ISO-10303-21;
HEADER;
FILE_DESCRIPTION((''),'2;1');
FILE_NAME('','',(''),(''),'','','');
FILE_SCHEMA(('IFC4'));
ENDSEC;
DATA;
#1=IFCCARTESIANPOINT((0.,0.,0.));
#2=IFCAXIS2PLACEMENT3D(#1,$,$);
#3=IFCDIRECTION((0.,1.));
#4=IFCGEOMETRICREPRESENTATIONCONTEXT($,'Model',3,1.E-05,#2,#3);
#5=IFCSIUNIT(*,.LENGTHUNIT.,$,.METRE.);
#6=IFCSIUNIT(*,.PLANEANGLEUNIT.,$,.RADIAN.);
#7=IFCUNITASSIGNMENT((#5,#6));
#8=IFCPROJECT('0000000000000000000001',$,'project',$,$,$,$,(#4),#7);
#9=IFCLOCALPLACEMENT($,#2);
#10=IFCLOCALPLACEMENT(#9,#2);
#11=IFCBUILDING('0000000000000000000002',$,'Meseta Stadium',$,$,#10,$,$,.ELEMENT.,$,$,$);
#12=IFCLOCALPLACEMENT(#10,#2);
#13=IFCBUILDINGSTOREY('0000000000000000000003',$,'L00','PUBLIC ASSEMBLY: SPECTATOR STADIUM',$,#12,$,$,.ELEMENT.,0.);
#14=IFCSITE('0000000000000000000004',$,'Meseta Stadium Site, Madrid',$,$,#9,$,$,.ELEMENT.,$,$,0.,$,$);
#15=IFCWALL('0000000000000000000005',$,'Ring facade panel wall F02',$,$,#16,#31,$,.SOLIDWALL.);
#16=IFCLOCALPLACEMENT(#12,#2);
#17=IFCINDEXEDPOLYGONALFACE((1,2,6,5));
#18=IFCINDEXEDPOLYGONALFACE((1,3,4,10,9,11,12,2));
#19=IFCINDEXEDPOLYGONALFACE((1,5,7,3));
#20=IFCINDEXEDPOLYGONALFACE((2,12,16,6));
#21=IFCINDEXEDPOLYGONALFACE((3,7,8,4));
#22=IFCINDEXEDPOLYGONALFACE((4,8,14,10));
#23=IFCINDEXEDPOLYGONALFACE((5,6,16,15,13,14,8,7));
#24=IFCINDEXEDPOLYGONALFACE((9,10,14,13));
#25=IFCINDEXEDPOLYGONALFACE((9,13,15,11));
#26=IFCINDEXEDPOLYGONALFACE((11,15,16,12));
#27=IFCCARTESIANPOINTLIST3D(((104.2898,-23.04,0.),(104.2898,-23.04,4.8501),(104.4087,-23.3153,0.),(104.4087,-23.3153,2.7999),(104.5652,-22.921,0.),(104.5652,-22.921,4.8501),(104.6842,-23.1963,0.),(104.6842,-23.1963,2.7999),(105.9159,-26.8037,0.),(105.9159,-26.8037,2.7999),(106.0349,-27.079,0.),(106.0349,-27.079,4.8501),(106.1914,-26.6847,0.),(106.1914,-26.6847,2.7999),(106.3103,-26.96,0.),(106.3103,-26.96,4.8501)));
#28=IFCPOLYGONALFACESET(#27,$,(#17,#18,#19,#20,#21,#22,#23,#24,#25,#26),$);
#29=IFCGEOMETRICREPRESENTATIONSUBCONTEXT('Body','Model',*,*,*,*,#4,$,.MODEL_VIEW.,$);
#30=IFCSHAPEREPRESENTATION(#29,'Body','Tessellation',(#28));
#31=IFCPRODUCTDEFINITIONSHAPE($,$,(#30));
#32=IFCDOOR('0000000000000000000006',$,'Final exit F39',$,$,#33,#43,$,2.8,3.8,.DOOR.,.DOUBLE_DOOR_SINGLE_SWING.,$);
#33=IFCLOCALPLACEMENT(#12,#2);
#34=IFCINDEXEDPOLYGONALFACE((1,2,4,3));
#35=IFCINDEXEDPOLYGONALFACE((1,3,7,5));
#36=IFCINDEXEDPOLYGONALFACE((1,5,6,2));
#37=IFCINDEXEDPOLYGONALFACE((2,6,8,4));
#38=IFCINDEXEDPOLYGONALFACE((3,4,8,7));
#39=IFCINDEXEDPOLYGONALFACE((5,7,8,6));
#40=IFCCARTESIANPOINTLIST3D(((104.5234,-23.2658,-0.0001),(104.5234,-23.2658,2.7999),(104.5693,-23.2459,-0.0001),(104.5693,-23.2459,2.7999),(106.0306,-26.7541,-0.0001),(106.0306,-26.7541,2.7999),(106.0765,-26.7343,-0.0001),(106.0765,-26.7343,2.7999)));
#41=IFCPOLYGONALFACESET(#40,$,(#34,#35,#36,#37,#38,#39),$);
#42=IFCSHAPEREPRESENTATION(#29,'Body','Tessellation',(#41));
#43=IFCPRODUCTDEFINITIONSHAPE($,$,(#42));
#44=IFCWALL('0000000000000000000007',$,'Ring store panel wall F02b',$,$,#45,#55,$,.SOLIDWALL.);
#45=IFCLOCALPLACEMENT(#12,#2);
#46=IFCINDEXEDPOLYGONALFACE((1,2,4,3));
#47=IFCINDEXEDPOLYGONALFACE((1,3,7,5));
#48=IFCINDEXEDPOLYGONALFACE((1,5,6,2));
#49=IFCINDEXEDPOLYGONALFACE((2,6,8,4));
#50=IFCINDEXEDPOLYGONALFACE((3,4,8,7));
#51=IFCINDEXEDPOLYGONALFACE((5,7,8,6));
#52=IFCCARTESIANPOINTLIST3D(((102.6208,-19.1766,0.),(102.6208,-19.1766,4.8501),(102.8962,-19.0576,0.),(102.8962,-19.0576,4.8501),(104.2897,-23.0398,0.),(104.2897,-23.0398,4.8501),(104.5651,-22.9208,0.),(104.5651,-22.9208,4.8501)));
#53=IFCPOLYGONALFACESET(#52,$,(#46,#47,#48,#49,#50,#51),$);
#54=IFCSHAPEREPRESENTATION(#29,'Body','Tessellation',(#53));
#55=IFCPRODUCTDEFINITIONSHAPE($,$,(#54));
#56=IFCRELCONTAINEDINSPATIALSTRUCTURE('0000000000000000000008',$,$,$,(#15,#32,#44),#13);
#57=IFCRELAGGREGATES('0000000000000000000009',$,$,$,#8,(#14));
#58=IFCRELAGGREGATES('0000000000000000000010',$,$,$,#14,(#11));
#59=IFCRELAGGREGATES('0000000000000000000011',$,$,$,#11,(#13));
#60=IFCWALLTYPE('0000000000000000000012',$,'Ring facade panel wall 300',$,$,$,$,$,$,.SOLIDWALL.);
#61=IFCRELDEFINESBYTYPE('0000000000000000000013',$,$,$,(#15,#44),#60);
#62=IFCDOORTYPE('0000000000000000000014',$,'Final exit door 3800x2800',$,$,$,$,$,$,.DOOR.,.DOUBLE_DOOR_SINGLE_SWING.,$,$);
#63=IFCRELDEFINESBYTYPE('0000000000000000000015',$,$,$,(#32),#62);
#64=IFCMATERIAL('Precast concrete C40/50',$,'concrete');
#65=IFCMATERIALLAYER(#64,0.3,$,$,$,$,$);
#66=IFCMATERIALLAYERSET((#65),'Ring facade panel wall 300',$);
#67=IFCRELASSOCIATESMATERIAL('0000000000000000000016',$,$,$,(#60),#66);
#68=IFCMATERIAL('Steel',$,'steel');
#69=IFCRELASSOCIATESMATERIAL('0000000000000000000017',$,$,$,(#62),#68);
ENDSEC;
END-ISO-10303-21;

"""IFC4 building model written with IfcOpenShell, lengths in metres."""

from ifc_helpers import new_model, si_unit, direction, frame, frame_2d, origin, place, context, subcontext, project, spatial, rectangle, extrude, material, layer, layer_set, type_object, element, fill, save


model = new_model("IFC4")

# Units and contexts
model_context = context("Model", 3, precision=1e-05, world=origin(), true_north=direction((0.0, 1.0)))
body_context = subcontext(model_context, "Body", "Model", "MODEL_VIEW")
ifc_project = project(units=[si_unit("LENGTHUNIT", "METRE"), si_unit("PLANEANGLEUNIT", "RADIAN")], contexts=[model_context])

# Site, building, storey
site_placement = place(None, origin())
site = spatial("IfcSite", under=ifc_project, at=site_placement, Name="Meseta Stadium Site, Madrid", CompositionType="ELEMENT", RefElevation=0.0)
building_placement = place(site_placement, origin())
building = spatial("IfcBuilding", under=site, at=building_placement, Name="Meseta Stadium", CompositionType="ELEMENT")
storey_placement = place(building_placement, origin())
storey = spatial("IfcBuildingStorey", under=building, at=storey_placement, Name="L00", Description="PUBLIC ASSEMBLY: SPECTATOR STADIUM", CompositionType="ELEMENT", Elevation=0.0)

# Wall, opening, door
ifc_material_1 = material(Name="Precast concrete C40/50", Category="concrete")
ifc_layer_1 = layer(ifc_material_1, 0.3)
ifc_layer_set_1 = layer_set([ifc_layer_1], Name="Ring facade panel wall 300")
wall_type_1 = type_object("IfcWallType", Name="Ring facade panel wall 300", PredefinedType="SOLIDWALL", material=ifc_layer_set_1)
wall_1_placement = place(storey_placement, frame((104.4275, -22.9805, 0.0), z_axis=(0.0, 0.0, 1.0), x_axis=(0.396623, -0.917982, 0.0)))
wall_1 = element("IfcWall", 1, at=wall_1_placement, inside=storey, type_object=wall_type_1, Name="Ring facade panel wall F02", PredefinedType="SOLIDWALL", context=body_context, shape_type="SweptSolid", body=[
    extrude(rectangle(XDim=4.3999, YDim=0.3, at=frame_2d((2.2, 0.0))), origin(), (0.0, 0.0, 1.0), 4.8501),
])
opening_1_placement = place(wall_1_placement, frame((0.3, 0.0, 0.0)))
opening_1 = element("IfcOpeningElement", 2, at=opening_1_placement, cuts=wall_1, PredefinedType="OPENING", context=body_context, shape_type="SweptSolid", body=[
    extrude(rectangle(XDim=3.8, YDim=2.8, at=frame_2d((1.8999, 1.3999))), frame((0.0, 0.1599, 0.0), z_axis=(0.0, -1.0, 0.0), x_axis=(1.0, 0.0, 0.0)), (0.0, 0.0, 1.0), 0.3201),
])
ifc_material_2 = material(Name="Steel", Category="steel")
door_type_1 = type_object("IfcDoorType", Name="Final exit door 3800x2800", OperationType="DOUBLE_DOOR_SINGLE_SWING", PredefinedType="DOOR", material=ifc_material_2)
door_1_placement = place(opening_1_placement, origin())
door_1 = element("IfcDoor", 3, at=door_1_placement, inside=storey, type_object=door_type_1, Name="Final exit F39", OperationType="DOUBLE_DOOR_SINGLE_SWING", OverallHeight=2.8, OverallWidth=3.8, PredefinedType="DOOR", context=body_context, shape_type="SweptSolid", body=[
    extrude(rectangle(XDim=3.8, YDim=2.8, at=frame_2d((1.8999, 1.3999))), frame((0.0, 0.0249, 0.0), z_axis=(0.0, -1.0, 0.0), x_axis=(1.0, 0.0, 0.0)), (0.0, 0.0, 1.0), 0.05),
])
fill(opening_1, door_1)

# Wall
wall_2_placement = place(storey_placement, frame((102.7585, -19.1172, 0.0), z_axis=(0.0, 0.0, 1.0), x_axis=(0.396578, -0.918001, 0.0)))
element("IfcWall", 4, at=wall_2_placement, inside=storey, type_object=wall_type_1, Name="Ring store panel wall F02b", PredefinedType="SOLIDWALL", context=body_context, shape_type="SweptSolid", body=[
    extrude(rectangle(XDim=4.2083, YDim=0.3, at=frame_2d((2.104, 0.0))), origin(), (0.0, 0.0, 1.0), 4.8501),
])

save(model, "model.ifc")
